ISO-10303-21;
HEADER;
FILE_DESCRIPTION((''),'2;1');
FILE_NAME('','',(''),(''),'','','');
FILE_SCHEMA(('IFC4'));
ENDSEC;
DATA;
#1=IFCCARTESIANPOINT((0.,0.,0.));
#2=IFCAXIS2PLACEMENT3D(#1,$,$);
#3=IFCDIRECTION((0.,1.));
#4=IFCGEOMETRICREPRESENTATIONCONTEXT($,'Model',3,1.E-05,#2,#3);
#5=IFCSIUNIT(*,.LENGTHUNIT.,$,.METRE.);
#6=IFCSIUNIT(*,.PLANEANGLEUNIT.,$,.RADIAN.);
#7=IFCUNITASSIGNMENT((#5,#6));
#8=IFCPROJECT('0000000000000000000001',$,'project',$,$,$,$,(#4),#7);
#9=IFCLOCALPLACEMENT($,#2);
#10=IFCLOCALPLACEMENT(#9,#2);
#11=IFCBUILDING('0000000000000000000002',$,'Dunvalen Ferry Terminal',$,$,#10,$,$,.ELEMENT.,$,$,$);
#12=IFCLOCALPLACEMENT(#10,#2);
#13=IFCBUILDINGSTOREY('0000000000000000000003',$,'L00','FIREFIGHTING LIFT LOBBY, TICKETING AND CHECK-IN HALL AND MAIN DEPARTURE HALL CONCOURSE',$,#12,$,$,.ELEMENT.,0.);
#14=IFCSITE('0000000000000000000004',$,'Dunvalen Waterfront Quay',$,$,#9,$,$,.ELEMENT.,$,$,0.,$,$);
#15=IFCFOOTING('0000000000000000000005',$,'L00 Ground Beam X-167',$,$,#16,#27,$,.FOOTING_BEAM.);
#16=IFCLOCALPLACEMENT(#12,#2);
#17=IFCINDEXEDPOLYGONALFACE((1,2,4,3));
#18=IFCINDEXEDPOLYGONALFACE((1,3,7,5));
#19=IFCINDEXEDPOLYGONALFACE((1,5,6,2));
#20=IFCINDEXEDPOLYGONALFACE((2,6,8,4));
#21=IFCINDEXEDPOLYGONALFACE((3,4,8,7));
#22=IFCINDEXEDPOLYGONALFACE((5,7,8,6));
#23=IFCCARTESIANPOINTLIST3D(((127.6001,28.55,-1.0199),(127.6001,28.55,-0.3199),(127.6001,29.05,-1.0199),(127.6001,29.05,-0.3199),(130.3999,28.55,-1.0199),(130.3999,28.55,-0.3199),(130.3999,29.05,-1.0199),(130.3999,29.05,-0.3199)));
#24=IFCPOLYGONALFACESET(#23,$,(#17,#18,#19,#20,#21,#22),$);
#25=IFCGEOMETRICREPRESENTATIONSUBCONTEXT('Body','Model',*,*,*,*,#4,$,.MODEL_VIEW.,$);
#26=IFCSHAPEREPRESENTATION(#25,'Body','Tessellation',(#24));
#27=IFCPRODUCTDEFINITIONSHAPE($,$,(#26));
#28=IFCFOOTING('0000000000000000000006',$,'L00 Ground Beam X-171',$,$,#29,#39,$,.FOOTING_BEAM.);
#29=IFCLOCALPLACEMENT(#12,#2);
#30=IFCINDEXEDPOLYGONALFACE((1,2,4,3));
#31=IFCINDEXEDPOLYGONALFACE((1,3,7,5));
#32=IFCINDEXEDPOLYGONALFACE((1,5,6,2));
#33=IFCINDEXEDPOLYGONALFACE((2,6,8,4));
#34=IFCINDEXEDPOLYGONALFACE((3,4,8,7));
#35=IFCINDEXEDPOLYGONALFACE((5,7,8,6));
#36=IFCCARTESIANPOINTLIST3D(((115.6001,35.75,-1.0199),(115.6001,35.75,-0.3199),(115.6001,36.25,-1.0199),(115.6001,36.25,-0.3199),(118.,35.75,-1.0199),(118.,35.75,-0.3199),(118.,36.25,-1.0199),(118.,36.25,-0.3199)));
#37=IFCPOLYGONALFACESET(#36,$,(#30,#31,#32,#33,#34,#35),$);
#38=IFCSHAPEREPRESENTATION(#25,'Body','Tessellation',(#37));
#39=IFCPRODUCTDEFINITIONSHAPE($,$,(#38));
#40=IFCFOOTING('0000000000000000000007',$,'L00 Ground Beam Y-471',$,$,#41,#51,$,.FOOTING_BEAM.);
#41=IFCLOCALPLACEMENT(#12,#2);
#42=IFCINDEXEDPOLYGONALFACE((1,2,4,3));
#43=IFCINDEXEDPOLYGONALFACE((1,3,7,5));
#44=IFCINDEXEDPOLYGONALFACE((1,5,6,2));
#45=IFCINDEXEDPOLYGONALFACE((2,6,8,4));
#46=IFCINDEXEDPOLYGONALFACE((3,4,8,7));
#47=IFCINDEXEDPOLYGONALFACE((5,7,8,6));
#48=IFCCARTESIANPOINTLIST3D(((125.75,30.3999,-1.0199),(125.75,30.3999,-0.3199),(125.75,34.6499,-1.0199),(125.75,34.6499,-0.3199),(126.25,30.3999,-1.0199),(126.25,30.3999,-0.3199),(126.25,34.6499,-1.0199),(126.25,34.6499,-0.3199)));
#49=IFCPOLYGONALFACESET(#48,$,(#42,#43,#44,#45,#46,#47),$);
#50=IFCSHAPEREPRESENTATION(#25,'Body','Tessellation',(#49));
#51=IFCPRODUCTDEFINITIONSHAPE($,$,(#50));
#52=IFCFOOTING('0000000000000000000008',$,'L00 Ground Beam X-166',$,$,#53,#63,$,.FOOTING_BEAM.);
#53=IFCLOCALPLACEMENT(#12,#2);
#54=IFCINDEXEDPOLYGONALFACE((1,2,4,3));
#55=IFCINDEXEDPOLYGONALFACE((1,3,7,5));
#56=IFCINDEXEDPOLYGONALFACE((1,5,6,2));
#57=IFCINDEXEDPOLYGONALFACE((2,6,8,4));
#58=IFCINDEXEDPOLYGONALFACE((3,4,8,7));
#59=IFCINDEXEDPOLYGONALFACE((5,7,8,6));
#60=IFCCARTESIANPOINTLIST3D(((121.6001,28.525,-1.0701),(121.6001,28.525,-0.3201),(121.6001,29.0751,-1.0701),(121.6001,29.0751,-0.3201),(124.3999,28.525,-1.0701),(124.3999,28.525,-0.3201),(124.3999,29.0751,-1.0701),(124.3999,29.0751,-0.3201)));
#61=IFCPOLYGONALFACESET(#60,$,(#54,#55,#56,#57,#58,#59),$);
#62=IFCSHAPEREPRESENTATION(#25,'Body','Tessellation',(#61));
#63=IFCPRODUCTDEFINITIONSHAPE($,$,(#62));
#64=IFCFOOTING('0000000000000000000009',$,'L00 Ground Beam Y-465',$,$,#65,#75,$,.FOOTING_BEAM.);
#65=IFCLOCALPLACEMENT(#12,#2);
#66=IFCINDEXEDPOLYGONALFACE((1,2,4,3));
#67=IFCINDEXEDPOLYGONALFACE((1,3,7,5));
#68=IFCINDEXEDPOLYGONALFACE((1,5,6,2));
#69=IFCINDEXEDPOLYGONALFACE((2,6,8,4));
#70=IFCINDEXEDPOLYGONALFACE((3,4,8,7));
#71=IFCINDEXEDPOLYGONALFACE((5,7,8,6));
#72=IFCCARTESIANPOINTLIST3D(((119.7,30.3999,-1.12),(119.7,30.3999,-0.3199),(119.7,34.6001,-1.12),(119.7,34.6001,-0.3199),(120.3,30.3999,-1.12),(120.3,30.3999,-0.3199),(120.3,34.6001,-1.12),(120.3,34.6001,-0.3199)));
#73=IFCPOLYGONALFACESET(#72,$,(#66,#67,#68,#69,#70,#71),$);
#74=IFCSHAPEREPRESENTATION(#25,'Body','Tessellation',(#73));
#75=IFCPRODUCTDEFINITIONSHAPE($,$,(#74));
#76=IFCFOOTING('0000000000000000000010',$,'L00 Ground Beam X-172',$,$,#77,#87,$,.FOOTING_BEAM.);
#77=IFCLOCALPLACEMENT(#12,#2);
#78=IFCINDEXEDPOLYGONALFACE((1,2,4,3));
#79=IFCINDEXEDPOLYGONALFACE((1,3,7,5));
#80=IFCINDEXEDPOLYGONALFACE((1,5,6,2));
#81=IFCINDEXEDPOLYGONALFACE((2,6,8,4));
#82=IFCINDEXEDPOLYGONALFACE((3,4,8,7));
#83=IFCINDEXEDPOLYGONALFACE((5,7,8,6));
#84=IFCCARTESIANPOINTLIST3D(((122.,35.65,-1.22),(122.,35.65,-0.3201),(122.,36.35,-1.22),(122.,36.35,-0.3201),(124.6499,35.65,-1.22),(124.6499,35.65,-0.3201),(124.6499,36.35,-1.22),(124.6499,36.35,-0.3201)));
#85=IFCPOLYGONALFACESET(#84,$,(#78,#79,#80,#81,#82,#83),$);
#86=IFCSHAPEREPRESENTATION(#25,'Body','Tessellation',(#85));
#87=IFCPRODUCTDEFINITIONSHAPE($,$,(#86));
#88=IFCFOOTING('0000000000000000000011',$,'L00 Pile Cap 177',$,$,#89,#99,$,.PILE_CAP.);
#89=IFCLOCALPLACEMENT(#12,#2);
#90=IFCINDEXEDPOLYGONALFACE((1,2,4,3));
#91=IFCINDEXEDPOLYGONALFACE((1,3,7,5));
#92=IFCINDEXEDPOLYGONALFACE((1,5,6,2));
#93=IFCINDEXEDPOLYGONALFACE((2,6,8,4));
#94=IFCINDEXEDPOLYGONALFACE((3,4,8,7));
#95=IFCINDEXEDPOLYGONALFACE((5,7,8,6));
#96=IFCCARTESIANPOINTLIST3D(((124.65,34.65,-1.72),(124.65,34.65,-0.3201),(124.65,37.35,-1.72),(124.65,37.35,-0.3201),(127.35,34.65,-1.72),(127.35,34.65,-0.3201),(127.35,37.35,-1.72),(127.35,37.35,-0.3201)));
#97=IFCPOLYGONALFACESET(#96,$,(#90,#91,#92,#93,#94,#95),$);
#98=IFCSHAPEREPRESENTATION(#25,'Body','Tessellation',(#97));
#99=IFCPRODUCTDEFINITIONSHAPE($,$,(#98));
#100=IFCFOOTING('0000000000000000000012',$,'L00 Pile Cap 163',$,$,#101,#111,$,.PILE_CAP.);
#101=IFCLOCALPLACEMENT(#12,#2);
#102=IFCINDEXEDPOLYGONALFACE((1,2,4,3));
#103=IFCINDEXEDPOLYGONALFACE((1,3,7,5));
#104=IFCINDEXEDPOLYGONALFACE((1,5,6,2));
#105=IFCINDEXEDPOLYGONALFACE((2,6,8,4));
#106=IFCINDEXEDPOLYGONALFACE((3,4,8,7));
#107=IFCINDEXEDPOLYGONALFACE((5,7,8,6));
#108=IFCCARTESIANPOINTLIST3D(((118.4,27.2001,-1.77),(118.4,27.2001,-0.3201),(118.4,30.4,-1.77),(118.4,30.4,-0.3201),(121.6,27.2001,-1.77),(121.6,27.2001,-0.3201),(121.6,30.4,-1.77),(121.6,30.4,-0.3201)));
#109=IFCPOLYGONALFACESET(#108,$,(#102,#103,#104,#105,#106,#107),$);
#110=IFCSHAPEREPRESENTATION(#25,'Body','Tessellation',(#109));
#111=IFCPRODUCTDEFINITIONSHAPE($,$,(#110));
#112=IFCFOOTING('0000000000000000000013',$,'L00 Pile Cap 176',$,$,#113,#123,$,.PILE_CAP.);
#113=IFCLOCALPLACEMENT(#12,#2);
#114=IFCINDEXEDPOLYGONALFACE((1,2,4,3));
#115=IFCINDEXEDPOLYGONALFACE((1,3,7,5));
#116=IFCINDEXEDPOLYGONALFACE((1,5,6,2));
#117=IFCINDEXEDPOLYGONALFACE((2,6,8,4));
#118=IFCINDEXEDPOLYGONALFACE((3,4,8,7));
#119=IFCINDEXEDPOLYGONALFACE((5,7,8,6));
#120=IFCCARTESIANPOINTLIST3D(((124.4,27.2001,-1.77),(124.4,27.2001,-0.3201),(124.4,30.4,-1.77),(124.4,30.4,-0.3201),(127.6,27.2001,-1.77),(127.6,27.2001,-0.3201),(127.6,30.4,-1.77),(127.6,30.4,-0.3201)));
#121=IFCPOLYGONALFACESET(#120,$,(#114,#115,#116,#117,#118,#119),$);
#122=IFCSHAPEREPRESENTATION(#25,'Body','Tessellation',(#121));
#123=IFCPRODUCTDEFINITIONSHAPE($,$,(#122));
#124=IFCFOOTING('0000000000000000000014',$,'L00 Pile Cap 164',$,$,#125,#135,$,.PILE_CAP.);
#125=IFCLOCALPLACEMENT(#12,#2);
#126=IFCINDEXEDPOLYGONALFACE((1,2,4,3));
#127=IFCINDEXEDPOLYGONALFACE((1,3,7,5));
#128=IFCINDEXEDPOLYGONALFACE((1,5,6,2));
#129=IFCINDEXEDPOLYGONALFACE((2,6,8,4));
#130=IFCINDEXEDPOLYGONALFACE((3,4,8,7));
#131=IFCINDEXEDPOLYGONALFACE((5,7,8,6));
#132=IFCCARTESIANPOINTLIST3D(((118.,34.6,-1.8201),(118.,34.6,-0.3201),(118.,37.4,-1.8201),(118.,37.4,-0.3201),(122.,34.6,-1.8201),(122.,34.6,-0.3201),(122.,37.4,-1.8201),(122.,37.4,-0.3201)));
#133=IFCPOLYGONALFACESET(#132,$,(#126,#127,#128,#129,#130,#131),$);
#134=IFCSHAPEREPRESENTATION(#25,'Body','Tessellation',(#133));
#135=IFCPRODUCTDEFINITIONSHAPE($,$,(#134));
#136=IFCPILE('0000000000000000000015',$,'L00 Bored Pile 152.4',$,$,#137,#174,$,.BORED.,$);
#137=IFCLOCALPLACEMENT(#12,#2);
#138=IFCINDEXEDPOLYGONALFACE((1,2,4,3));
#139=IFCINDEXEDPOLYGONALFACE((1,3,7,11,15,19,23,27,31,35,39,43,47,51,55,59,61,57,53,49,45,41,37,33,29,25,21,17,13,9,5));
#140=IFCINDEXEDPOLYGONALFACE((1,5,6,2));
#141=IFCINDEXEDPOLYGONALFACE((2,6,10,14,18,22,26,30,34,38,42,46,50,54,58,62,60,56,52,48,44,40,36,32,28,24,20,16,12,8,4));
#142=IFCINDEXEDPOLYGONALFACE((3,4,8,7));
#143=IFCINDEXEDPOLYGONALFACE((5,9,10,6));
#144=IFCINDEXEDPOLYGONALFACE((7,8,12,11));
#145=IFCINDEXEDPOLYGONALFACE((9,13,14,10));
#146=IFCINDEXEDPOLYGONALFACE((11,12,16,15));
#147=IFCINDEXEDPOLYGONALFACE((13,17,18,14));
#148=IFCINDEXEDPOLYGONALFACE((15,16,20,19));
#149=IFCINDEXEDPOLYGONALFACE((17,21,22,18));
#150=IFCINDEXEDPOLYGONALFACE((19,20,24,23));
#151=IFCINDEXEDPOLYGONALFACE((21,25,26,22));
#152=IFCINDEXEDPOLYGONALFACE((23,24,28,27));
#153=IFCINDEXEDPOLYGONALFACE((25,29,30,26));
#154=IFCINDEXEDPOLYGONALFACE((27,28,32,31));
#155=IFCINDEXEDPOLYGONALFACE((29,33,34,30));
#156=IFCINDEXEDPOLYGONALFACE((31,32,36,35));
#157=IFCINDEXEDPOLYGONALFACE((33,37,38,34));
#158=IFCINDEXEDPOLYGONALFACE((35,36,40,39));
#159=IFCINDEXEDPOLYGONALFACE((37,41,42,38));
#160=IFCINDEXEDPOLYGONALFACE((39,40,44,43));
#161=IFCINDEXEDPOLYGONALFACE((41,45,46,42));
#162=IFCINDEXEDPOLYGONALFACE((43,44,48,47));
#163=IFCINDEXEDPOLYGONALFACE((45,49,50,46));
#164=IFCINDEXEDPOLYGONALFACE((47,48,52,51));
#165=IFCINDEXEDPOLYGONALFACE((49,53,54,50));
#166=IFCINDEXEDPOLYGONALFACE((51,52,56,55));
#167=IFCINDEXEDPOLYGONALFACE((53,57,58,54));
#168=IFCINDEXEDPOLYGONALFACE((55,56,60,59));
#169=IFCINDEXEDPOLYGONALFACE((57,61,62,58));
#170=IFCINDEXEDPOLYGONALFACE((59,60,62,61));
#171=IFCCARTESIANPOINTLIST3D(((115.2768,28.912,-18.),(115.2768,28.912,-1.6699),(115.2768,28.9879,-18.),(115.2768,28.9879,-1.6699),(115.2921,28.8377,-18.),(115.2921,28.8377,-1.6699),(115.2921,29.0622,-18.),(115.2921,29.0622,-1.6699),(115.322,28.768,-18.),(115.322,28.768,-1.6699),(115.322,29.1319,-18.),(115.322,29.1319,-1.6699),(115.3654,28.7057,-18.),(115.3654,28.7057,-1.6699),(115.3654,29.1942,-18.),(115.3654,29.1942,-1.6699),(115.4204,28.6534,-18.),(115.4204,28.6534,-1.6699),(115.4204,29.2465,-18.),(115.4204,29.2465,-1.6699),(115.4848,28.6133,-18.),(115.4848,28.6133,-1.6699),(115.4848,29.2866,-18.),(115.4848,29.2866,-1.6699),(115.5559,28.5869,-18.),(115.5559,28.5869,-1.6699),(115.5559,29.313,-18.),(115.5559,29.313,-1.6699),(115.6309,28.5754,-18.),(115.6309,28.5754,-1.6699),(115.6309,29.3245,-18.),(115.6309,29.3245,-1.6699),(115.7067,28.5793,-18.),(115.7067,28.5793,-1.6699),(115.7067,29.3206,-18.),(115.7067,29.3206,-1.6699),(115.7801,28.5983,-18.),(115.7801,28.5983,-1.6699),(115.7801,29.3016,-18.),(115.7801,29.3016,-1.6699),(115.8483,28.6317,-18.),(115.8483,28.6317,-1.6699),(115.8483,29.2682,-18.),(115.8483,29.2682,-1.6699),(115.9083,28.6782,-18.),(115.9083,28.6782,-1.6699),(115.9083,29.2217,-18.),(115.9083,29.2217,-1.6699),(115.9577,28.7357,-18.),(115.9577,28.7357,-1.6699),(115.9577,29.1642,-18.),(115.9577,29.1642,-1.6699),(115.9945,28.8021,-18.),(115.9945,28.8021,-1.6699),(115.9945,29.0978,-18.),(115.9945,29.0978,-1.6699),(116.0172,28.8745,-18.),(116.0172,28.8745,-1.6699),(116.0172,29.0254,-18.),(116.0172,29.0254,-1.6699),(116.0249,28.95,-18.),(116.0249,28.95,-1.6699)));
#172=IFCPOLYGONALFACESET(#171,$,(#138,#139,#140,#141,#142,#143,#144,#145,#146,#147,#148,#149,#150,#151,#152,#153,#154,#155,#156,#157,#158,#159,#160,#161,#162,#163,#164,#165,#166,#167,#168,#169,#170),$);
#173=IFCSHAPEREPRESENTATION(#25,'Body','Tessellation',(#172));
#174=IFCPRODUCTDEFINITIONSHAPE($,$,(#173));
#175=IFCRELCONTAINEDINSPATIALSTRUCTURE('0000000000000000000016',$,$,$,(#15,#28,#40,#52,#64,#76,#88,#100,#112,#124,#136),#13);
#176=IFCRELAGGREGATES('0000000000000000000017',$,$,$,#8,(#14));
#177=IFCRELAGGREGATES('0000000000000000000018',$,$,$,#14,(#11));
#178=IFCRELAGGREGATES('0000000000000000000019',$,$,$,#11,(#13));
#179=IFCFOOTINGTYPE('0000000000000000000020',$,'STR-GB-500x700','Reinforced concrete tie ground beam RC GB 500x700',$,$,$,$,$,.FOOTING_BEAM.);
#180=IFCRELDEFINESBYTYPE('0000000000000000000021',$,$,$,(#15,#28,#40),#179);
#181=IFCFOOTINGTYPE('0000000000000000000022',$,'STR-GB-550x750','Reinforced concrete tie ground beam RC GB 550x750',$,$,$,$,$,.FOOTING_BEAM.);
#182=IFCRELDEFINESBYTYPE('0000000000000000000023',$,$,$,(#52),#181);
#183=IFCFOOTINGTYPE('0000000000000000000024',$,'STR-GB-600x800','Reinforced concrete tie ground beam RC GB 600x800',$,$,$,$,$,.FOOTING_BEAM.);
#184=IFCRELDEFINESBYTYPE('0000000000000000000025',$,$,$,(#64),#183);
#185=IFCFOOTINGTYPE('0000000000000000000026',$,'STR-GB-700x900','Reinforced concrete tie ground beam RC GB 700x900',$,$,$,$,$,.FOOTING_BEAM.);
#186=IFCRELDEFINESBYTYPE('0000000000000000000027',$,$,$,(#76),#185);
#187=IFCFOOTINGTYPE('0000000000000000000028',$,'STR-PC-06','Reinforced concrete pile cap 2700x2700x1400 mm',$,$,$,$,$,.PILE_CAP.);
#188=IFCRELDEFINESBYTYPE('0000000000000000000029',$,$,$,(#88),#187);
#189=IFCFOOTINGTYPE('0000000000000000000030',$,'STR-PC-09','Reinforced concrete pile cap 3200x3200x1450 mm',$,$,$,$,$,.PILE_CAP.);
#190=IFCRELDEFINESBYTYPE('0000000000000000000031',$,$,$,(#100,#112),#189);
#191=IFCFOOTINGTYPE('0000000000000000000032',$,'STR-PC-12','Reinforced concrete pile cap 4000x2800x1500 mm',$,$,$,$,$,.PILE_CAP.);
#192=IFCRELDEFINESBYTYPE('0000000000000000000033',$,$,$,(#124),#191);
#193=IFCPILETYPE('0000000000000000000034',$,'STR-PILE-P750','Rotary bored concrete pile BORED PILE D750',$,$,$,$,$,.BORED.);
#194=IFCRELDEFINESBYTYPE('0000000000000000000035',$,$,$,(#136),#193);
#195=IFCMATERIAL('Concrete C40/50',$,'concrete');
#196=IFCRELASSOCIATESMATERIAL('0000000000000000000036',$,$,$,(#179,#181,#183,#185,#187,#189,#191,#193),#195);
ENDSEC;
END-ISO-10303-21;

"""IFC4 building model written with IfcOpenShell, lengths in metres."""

from ifc_helpers import new_model, si_unit, direction, frame, origin, origin_2d, place, context, subcontext, project, spatial, rectangle, circle, extrude, material, material_profile, profile_set, type_object, element, save


model = new_model("IFC4")

# Units and contexts
model_context = context("Model", 3, precision=1e-05, world=origin(), true_north=direction((0.0, 1.0)))
body_context = subcontext(model_context, "Body", "Model", "MODEL_VIEW")
ifc_project = project(units=[si_unit("LENGTHUNIT", "METRE"), si_unit("PLANEANGLEUNIT", "RADIAN")], contexts=[model_context])

# Site, building, storey
site_placement = place(None, origin())
site = spatial("IfcSite", under=ifc_project, at=site_placement, Name="Dunvalen Waterfront Quay", CompositionType="ELEMENT", RefElevation=0.0)
building_placement = place(site_placement, origin())
building = spatial("IfcBuilding", under=site, at=building_placement, Name="Dunvalen Ferry Terminal", CompositionType="ELEMENT")
storey_placement = place(building_placement, origin())
storey = spatial("IfcBuildingStorey", under=building, at=storey_placement, Name="L00", Description="FIREFIGHTING LIFT LOBBY, TICKETING AND CHECK-IN HALL AND MAIN DEPARTURE HALL CONCOURSE", CompositionType="ELEMENT", Elevation=0.0)

# Footings
ifc_material_1 = material(Name="Concrete C40/50", Category="concrete")
ifc_material_profile_1 = material_profile(ifc_material_1, rectangle(XDim=0.5, YDim=0.7, at=origin_2d()), Name="Concrete C40/50")
ifc_profile_set_1 = profile_set([ifc_material_profile_1], Name="Concrete C40/50")
footing_type_1 = type_object("IfcFootingType", Name="STR-GB-500x700", Description="Reinforced concrete tie ground beam RC GB 500x700", PredefinedType="FOOTING_BEAM", material=ifc_profile_set_1)
footing_1_placement = place(storey_placement, frame((127.6001, 28.8, -0.6699), z_axis=(1.0, 0.0, 0.0), x_axis=(0.0, 1.0, 0.0)))
element("IfcFooting", 1, at=footing_1_placement, inside=storey, type_object=footing_type_1, Name="L00 Ground Beam X-167", PredefinedType="FOOTING_BEAM", context=body_context, shape_type="SweptSolid", body=[
    extrude(rectangle(XDim=0.5, YDim=0.7, at=origin_2d()), origin(), (0.0, 0.0, 1.0), 2.7998),
])
footing_2_placement = place(storey_placement, frame((115.6001, 36.0, -0.6699), z_axis=(1.0, 0.0, 0.0), x_axis=(0.0, 1.0, 0.0)))
element("IfcFooting", 2, at=footing_2_placement, inside=storey, type_object=footing_type_1, Name="L00 Ground Beam X-171", PredefinedType="FOOTING_BEAM", context=body_context, shape_type="SweptSolid", body=[
    extrude(rectangle(XDim=0.5, YDim=0.7, at=origin_2d()), origin(), (0.0, 0.0, 1.0), 2.3999),
])
footing_3_placement = place(storey_placement, frame((126.0, 30.3999, -0.6699), z_axis=(0.0, 1.0, 0.0), x_axis=(-1.0, 0.0, 0.0)))
element("IfcFooting", 3, at=footing_3_placement, inside=storey, type_object=footing_type_1, Name="L00 Ground Beam Y-471", PredefinedType="FOOTING_BEAM", context=body_context, shape_type="SweptSolid", body=[
    extrude(rectangle(XDim=0.5, YDim=0.7, at=origin_2d()), origin(), (0.0, 0.0, 1.0), 4.25),
])
ifc_material_profile_2 = material_profile(ifc_material_1, rectangle(XDim=0.55, YDim=0.75, at=origin_2d()), Name="Concrete C40/50")
ifc_profile_set_2 = profile_set([ifc_material_profile_2], Name="Concrete C40/50")
footing_type_2 = type_object("IfcFootingType", Name="STR-GB-550x750", Description="Reinforced concrete tie ground beam RC GB 550x750", PredefinedType="FOOTING_BEAM", material=ifc_profile_set_2)
footing_4_placement = place(storey_placement, frame((121.6001, 28.8, -0.6951), z_axis=(1.0, 0.0, 0.0), x_axis=(0.0, 1.0, 0.0)))
element("IfcFooting", 4, at=footing_4_placement, inside=storey, type_object=footing_type_2, Name="L00 Ground Beam X-166", PredefinedType="FOOTING_BEAM", context=body_context, shape_type="SweptSolid", body=[
    extrude(rectangle(XDim=0.55, YDim=0.75, at=origin_2d()), origin(), (0.0, 0.0, 1.0), 2.7998),
])
ifc_material_profile_3 = material_profile(ifc_material_1, rectangle(XDim=0.6001, YDim=0.8, at=origin_2d()), Name="Concrete C40/50")
ifc_profile_set_3 = profile_set([ifc_material_profile_3], Name="Concrete C40/50")
footing_type_3 = type_object("IfcFootingType", Name="STR-GB-600x800", Description="Reinforced concrete tie ground beam RC GB 600x800", PredefinedType="FOOTING_BEAM", material=ifc_profile_set_3)
footing_5_placement = place(storey_placement, frame((120.0, 30.3999, -0.72), z_axis=(0.0, 1.0, 0.0), x_axis=(-1.0, 0.0, 0.0)))
element("IfcFooting", 5, at=footing_5_placement, inside=storey, type_object=footing_type_3, Name="L00 Ground Beam Y-465", PredefinedType="FOOTING_BEAM", context=body_context, shape_type="SweptSolid", body=[
    extrude(rectangle(XDim=0.6001, YDim=0.8, at=origin_2d()), origin(), (0.0, 0.0, 1.0), 4.2002),
])
ifc_material_profile_4 = material_profile(ifc_material_1, rectangle(XDim=0.7, YDim=0.8999, at=origin_2d()), Name="Concrete C40/50")
ifc_profile_set_4 = profile_set([ifc_material_profile_4], Name="Concrete C40/50")
footing_type_4 = type_object("IfcFootingType", Name="STR-GB-700x900", Description="Reinforced concrete tie ground beam RC GB 700x900", PredefinedType="FOOTING_BEAM", material=ifc_profile_set_4)
footing_6_placement = place(storey_placement, frame((122.0, 36.0, -0.77), z_axis=(1.0, 0.0, 0.0), x_axis=(0.0, 1.0, 0.0)))
element("IfcFooting", 6, at=footing_6_placement, inside=storey, type_object=footing_type_4, Name="L00 Ground Beam X-172", PredefinedType="FOOTING_BEAM", context=body_context, shape_type="SweptSolid", body=[
    extrude(rectangle(XDim=0.7, YDim=0.8999, at=origin_2d()), origin(), (0.0, 0.0, 1.0), 2.6499),
])
footing_type_5 = type_object("IfcFootingType", Name="STR-PC-06", Description="Reinforced concrete pile cap 2700x2700x1400 mm", PredefinedType="PILE_CAP", material=ifc_material_1)
footing_7_placement = place(storey_placement, frame((126.0, 36.0, -1.72), z_axis=(0.0, 0.0, 1.0), x_axis=(1.0, 0.0, 0.0)))
element("IfcFooting", 7, at=footing_7_placement, inside=storey, type_object=footing_type_5, Name="L00 Pile Cap 177", PredefinedType="PILE_CAP", context=body_context, shape_type="SweptSolid", body=[
    extrude(rectangle(XDim=2.7, YDim=2.7, at=origin_2d()), origin(), (0.0, 0.0, 1.0), 1.3999),
])
footing_type_6 = type_object("IfcFootingType", Name="STR-PC-09", Description="Reinforced concrete pile cap 3200x3200x1450 mm", PredefinedType="PILE_CAP", material=ifc_material_1)
for number, where, z_axis, x_axis, name in (
    (8, (120.0, 28.8, -1.77), (0.0, 0.0, 1.0), (1.0, 0.0, 0.0), "L00 Pile Cap 163"),
    (9, (126.0, 28.8, -1.77), (0.0, 0.0, 1.0), (1.0, 0.0, 0.0), "L00 Pile Cap 176"),
):
    element("IfcFooting", number, at=place(storey_placement, frame(where, z_axis=z_axis, x_axis=x_axis)), inside=storey, type_object=footing_type_6, Name=name, PredefinedType="PILE_CAP", context=body_context, shape_type="SweptSolid", body=[
        extrude(rectangle(XDim=3.2, YDim=3.2, at=origin_2d()), origin(), (0.0, 0.0, 1.0), 1.45),
    ])
footing_type_7 = type_object("IfcFootingType", Name="STR-PC-12", Description="Reinforced concrete pile cap 4000x2800x1500 mm", PredefinedType="PILE_CAP", material=ifc_material_1)
footing_8_placement = place(storey_placement, frame((120.0, 36.0, -1.8201), z_axis=(0.0, 0.0, 1.0), x_axis=(1.0, 0.0, 0.0)))
element("IfcFooting", 10, at=footing_8_placement, inside=storey, type_object=footing_type_7, Name="L00 Pile Cap 164", PredefinedType="PILE_CAP", context=body_context, shape_type="SweptSolid", body=[
    extrude(rectangle(XDim=4.0, YDim=2.8, at=origin_2d()), origin(), (0.0, 0.0, 1.0), 1.5),
])

# Pile
ifc_material_profile_5 = material_profile(ifc_material_1, circle(Radius=0.375, at=origin_2d()), Name="Concrete C40/50")
ifc_profile_set_5 = profile_set([ifc_material_profile_5], Name="Concrete C40/50")
pile_type = type_object("IfcPileType", Name="STR-PILE-P750", Description="Rotary bored concrete pile BORED PILE D750", PredefinedType="BORED", material=ifc_profile_set_5)
for number, where, z_axis, x_axis, name in (
    (11, (115.6499, 28.95, -1.6699), (0.0, 0.0, -1.0), (1.0, 0.0, 0.0), "L00 Bored Pile 152.4"),
):
    element("IfcPile", number, at=place(storey_placement, frame(where, z_axis=z_axis, x_axis=x_axis)), inside=storey, type_object=pile_type, Name=name, PredefinedType="BORED", context=body_context, shape_type="SweptSolid", body=[
        extrude(circle(Radius=0.375, at=origin_2d()), origin(), (0.0, 0.0, 1.0), 16.3301),
    ])

save(model, "model.ifc")
